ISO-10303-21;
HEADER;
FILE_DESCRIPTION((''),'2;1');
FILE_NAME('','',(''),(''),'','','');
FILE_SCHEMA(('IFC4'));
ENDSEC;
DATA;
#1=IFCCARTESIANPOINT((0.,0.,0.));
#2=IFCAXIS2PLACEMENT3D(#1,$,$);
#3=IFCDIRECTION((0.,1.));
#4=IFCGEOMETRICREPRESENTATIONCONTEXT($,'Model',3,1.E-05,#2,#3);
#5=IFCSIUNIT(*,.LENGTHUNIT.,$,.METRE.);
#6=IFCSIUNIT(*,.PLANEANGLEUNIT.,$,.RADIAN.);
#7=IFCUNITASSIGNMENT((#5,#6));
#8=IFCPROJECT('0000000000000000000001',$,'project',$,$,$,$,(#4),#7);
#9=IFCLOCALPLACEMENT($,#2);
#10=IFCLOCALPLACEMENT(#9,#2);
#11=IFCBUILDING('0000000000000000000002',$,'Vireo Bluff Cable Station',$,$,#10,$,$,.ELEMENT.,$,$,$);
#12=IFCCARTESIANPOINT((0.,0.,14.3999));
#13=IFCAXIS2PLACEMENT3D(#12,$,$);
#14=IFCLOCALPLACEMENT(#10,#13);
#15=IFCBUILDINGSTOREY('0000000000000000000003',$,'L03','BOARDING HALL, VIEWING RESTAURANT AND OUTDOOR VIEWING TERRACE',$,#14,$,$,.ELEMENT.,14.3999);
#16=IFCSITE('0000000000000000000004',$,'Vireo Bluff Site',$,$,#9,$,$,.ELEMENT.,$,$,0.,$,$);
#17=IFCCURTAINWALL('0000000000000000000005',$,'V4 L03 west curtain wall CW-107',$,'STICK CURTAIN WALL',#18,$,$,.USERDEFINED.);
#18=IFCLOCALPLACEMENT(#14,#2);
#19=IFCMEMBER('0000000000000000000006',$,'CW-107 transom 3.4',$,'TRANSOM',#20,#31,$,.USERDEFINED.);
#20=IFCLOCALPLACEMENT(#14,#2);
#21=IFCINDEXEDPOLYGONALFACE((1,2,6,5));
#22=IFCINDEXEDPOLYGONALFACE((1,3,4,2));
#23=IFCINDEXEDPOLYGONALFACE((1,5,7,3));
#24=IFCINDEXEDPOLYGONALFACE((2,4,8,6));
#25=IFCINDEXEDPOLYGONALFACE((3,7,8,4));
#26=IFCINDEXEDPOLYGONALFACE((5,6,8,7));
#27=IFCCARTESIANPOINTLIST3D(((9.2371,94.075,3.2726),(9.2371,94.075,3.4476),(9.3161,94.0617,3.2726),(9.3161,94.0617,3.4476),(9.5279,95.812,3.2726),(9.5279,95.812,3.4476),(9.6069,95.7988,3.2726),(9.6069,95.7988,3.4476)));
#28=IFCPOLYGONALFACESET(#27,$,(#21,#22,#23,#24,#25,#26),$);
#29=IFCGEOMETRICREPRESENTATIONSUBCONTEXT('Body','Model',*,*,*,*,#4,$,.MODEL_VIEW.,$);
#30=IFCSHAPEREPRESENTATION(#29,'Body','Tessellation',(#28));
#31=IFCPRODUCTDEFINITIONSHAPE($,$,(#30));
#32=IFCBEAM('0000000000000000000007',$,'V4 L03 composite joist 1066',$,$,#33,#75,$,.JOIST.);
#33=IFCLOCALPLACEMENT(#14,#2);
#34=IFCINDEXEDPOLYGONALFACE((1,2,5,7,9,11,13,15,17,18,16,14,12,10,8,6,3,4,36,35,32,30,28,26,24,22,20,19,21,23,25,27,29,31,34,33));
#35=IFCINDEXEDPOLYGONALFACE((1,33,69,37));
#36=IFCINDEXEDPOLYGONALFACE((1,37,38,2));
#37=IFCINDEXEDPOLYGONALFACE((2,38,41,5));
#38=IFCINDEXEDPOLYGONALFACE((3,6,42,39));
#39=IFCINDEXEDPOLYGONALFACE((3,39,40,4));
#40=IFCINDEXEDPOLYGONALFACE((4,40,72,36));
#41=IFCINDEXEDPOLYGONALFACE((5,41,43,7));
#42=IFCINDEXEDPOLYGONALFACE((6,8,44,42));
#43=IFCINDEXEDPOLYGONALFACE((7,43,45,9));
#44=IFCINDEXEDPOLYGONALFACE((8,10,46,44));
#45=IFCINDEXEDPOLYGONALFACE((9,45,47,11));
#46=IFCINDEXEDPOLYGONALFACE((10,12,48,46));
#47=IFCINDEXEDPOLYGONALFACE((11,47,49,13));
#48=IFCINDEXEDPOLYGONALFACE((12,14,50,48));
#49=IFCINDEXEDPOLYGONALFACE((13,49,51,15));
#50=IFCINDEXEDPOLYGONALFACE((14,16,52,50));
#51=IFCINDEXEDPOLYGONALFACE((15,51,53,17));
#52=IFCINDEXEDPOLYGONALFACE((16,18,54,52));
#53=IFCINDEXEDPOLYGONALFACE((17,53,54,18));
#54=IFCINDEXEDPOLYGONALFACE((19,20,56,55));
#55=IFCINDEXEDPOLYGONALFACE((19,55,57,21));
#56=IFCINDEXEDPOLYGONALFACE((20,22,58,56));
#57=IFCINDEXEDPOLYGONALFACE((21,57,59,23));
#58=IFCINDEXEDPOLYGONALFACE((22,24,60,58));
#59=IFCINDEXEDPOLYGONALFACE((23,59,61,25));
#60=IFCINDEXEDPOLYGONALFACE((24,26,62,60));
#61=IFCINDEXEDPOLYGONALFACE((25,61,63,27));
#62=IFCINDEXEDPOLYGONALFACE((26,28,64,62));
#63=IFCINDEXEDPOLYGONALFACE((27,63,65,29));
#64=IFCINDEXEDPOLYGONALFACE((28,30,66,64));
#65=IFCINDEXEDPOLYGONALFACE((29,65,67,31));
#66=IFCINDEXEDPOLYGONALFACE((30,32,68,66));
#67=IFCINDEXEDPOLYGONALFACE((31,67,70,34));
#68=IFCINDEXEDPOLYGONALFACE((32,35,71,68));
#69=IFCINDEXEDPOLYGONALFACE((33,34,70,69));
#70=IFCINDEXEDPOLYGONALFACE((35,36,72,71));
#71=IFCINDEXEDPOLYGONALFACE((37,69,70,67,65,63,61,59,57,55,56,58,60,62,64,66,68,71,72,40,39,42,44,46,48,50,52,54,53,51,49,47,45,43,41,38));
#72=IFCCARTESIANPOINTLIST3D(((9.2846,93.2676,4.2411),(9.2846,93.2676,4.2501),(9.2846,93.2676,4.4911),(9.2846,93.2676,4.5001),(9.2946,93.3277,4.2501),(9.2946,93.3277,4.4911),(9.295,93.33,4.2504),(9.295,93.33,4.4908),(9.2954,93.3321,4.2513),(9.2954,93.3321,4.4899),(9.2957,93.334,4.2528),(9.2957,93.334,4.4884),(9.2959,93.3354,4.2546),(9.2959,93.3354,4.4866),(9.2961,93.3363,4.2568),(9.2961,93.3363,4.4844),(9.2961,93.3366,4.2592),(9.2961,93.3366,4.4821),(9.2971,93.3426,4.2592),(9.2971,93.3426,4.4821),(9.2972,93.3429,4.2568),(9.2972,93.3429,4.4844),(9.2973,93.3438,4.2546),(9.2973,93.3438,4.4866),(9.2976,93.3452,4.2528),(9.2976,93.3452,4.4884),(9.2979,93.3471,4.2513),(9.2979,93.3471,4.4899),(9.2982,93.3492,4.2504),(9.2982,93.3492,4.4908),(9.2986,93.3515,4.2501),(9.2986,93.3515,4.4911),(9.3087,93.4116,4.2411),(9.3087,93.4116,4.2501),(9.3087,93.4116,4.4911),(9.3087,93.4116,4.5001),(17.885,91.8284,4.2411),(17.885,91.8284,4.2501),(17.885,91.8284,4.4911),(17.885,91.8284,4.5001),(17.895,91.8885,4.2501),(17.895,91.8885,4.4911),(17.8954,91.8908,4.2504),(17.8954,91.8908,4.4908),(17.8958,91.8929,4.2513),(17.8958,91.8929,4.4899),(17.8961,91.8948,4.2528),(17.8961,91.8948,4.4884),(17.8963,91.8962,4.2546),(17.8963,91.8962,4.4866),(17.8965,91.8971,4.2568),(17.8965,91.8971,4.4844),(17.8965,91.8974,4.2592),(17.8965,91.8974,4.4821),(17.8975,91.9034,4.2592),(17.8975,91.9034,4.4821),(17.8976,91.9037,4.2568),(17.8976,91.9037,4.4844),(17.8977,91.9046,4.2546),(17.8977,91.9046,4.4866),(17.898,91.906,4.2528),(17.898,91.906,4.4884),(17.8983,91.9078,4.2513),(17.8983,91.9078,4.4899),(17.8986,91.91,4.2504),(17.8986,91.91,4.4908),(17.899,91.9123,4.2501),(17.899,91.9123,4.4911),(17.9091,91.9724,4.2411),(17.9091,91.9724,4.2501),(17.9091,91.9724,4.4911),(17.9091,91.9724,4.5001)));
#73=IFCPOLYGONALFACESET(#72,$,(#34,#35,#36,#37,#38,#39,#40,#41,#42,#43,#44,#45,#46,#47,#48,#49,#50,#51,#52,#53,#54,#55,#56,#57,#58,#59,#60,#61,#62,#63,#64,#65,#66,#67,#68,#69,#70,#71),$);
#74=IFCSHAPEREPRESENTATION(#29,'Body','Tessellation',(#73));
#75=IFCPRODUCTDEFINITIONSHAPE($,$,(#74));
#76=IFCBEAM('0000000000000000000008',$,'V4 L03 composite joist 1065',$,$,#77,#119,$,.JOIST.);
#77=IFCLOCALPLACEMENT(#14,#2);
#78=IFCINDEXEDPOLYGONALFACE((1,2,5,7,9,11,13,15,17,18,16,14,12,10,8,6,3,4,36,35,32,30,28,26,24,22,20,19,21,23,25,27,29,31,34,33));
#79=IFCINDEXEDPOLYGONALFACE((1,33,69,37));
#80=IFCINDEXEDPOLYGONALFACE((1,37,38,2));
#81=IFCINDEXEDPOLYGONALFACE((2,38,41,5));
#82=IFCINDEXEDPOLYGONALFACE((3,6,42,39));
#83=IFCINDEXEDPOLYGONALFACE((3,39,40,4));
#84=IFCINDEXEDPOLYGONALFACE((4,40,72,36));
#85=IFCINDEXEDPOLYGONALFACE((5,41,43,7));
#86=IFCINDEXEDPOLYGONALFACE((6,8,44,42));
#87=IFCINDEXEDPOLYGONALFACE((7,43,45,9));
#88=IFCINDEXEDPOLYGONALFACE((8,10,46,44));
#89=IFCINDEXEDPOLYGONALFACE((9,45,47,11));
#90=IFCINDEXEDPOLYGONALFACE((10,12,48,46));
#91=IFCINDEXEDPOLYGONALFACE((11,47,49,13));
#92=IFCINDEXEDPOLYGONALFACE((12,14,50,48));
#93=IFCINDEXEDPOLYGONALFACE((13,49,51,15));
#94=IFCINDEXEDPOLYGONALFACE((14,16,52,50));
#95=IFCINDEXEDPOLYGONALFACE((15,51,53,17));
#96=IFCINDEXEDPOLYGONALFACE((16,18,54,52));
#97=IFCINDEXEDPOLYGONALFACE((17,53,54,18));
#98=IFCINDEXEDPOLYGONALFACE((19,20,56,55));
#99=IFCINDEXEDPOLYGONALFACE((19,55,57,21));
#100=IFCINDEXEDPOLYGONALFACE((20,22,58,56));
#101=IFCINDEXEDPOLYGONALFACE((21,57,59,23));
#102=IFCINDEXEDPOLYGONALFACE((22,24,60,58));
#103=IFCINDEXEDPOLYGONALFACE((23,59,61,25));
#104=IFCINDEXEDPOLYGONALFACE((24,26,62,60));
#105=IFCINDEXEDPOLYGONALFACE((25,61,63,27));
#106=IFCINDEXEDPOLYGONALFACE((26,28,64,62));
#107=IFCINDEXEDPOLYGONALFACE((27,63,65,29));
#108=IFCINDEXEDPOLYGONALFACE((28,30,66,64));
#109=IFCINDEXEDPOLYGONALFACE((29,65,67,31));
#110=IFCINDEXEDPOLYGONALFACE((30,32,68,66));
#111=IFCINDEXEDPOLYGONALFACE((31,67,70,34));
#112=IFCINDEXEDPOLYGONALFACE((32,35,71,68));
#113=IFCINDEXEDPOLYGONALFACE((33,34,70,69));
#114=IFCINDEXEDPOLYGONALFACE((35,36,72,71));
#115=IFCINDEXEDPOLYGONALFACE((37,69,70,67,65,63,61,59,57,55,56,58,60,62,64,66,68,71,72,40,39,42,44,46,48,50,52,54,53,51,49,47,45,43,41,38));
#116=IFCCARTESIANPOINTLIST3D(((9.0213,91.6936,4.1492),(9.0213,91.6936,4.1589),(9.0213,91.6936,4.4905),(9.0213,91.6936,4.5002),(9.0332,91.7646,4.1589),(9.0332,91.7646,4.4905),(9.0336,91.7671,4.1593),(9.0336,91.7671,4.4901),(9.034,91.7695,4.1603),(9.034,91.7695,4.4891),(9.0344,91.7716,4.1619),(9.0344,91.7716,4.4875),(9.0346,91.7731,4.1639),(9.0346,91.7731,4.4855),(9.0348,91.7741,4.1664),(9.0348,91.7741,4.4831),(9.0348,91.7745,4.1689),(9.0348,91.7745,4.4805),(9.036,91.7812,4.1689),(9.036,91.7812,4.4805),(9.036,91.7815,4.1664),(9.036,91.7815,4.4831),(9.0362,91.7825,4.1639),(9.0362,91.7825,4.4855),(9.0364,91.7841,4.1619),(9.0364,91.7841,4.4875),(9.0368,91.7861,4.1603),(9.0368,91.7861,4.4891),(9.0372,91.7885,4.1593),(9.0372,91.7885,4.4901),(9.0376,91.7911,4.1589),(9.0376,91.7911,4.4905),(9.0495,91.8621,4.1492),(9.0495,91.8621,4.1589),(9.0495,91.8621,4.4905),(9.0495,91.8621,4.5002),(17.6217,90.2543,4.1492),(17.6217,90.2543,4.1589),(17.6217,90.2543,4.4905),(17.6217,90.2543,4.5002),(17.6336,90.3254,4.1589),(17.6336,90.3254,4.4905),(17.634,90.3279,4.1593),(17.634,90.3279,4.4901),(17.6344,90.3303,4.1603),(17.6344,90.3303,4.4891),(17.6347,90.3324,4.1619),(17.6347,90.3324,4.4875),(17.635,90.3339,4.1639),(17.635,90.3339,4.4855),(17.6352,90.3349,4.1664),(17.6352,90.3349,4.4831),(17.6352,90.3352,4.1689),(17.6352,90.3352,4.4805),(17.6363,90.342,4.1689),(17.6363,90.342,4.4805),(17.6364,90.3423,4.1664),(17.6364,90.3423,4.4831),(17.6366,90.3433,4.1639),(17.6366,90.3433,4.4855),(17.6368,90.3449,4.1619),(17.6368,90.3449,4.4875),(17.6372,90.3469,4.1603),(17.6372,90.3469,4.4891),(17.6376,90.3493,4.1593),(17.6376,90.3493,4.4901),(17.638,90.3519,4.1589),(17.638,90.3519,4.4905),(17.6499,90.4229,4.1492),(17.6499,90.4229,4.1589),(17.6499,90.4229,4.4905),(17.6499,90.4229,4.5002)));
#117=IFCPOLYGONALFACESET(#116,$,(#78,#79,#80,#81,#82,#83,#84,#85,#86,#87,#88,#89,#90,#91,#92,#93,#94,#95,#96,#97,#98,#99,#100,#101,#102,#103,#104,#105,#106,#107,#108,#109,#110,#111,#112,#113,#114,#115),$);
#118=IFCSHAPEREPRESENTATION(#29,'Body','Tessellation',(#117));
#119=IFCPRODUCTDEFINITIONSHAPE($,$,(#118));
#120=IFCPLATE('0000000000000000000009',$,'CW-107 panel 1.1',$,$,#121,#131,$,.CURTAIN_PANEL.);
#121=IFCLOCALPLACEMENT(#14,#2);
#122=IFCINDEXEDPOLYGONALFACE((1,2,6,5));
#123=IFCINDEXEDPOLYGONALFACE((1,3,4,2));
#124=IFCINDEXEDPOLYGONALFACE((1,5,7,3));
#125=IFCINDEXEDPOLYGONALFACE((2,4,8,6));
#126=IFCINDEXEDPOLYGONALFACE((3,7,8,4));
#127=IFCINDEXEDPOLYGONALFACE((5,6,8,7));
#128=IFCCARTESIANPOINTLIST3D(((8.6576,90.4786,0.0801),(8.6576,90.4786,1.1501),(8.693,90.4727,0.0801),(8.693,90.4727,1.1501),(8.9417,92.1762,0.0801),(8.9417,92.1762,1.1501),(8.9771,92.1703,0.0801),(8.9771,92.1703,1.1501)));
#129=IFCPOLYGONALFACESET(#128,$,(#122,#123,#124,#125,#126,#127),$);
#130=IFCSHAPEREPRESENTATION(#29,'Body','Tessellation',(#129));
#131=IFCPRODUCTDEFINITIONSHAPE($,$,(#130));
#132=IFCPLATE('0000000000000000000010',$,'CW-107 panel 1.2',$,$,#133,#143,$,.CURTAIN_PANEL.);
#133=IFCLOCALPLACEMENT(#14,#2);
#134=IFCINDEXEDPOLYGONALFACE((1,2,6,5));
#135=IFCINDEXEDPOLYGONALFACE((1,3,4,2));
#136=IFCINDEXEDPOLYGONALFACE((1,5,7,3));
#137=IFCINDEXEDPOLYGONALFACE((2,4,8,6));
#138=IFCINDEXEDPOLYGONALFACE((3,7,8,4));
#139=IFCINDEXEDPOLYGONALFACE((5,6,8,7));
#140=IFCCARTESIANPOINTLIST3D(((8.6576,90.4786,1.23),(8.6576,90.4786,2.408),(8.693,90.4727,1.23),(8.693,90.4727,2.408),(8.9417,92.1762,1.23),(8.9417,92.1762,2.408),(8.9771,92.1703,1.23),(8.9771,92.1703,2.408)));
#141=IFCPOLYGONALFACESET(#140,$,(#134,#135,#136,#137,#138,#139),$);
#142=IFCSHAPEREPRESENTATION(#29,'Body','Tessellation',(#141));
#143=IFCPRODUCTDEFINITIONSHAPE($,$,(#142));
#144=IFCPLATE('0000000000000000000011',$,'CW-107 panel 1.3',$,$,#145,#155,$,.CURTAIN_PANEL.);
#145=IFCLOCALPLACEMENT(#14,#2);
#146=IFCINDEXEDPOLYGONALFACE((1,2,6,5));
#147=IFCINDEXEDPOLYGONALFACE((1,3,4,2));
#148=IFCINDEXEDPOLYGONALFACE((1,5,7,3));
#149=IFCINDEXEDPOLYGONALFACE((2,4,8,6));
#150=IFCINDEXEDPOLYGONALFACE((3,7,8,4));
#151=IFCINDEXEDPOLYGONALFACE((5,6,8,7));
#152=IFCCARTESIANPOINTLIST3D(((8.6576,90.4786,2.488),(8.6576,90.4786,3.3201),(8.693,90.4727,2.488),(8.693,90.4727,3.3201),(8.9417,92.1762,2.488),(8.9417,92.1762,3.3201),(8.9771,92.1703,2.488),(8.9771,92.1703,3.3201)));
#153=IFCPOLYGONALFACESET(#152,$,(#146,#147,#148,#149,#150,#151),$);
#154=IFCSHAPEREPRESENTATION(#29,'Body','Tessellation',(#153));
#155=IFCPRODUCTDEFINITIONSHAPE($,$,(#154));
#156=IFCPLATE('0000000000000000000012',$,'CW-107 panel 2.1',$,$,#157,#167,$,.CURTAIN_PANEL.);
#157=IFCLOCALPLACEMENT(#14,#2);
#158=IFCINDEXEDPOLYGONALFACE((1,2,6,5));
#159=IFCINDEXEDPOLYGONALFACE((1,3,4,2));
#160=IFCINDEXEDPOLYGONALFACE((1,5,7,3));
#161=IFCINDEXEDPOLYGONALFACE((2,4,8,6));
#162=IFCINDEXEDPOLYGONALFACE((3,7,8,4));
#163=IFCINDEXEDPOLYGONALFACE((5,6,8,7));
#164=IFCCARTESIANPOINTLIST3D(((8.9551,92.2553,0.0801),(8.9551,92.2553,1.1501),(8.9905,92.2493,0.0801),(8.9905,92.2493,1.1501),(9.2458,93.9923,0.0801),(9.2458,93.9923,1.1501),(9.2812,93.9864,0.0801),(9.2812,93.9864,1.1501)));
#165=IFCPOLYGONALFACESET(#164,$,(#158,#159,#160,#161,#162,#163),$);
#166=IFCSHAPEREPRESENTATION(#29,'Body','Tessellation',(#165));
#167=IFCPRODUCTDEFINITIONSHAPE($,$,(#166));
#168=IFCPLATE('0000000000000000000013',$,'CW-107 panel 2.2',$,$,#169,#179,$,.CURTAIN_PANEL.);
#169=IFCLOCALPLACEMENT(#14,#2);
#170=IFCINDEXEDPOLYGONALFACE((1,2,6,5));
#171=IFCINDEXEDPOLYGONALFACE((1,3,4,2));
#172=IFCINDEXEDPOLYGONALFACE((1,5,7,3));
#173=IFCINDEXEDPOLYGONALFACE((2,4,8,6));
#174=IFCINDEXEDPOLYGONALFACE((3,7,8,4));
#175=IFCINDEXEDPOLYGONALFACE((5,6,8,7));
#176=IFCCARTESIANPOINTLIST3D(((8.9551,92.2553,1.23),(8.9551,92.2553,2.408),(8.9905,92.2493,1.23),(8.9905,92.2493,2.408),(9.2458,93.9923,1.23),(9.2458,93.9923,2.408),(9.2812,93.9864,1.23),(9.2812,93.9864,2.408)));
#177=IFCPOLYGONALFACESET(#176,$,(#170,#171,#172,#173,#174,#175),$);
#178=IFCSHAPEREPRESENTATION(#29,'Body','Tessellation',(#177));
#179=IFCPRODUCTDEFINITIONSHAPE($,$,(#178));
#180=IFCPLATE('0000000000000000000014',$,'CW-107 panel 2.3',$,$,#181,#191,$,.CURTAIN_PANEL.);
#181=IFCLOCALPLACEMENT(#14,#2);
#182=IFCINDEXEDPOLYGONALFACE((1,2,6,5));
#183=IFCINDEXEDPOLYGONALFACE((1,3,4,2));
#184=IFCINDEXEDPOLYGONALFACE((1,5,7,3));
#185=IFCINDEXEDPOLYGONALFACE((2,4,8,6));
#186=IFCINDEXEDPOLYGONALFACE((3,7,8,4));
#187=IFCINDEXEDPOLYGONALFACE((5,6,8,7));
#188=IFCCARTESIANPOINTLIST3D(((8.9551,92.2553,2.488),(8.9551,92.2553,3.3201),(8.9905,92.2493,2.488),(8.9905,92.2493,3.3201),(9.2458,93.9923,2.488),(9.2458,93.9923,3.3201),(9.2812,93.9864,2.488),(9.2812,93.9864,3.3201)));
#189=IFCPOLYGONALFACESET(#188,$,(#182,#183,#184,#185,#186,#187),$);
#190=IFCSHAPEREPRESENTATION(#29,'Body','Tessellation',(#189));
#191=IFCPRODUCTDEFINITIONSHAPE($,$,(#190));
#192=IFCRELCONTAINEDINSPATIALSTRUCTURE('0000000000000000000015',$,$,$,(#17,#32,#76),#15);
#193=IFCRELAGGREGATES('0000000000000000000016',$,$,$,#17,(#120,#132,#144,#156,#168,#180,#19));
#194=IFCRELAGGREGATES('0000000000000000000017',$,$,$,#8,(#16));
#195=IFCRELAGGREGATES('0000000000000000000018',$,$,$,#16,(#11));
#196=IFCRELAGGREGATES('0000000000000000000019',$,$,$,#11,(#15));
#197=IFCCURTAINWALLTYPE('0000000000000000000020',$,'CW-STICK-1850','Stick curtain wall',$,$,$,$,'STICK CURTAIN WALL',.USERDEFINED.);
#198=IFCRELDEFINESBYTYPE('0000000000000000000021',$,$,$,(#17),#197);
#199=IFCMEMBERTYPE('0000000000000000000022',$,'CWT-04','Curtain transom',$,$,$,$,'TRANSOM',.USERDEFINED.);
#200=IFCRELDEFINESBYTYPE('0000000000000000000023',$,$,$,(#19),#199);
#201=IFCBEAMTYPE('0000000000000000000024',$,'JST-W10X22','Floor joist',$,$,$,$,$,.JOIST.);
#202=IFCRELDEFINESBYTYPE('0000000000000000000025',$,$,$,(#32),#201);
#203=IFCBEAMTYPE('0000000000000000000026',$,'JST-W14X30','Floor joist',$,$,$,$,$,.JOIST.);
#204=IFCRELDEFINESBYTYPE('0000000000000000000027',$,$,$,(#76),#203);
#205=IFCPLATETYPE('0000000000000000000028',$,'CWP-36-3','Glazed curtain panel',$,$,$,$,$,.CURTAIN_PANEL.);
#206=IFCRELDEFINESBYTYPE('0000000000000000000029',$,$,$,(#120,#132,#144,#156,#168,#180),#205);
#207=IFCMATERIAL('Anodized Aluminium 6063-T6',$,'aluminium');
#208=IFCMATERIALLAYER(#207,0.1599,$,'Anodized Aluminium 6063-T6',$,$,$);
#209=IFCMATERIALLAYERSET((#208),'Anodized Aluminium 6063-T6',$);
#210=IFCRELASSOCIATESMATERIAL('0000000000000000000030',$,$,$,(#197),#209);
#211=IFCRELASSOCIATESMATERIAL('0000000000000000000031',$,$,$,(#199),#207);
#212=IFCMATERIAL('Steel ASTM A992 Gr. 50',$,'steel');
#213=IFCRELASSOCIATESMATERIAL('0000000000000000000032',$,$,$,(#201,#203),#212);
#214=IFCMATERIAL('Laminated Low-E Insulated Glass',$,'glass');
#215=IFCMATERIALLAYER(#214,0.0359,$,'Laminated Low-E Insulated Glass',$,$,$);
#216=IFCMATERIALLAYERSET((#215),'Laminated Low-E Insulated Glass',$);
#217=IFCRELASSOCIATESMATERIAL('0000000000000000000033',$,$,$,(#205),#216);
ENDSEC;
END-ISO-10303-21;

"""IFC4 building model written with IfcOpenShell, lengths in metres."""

from ifc_helpers import new_model, si_unit, direction, frame, origin, origin_2d, place, context, subcontext, project, spatial, rectangle, i_section, extrude, material, layer, layer_set, material_profile, profile_set, type_object, element, aggregate, save


model = new_model("IFC4")

# Units and contexts
model_context = context("Model", 3, precision=1e-05, world=origin(), true_north=direction((0.0, 1.0)))
body_context = subcontext(model_context, "Body", "Model", "MODEL_VIEW")
ifc_project = project(units=[si_unit("LENGTHUNIT", "METRE"), si_unit("PLANEANGLEUNIT", "RADIAN")], contexts=[model_context])

# Site, building, storey
site_placement = place(None, origin())
site = spatial("IfcSite", under=ifc_project, at=site_placement, Name="Vireo Bluff Site", CompositionType="ELEMENT", RefElevation=0.0)
building_placement = place(site_placement, origin())
building = spatial("IfcBuilding", under=site, at=building_placement, Name="Vireo Bluff Cable Station", CompositionType="ELEMENT")
storey_placement = place(building_placement, frame((0.0, 0.0, 14.3999)))
storey = spatial("IfcBuildingStorey", under=building, at=storey_placement, Name="L03", Description="BOARDING HALL, VIEWING RESTAURANT AND OUTDOOR VIEWING TERRACE", CompositionType="ELEMENT", Elevation=14.3999)

# Curtain wall, member
ifc_material_1 = material(Name="Anodized Aluminium 6063-T6", Category="aluminium")
ifc_layer_1 = layer(ifc_material_1, 0.1599, Name="Anodized Aluminium 6063-T6")
ifc_layer_set_1 = layer_set([ifc_layer_1], Name="Anodized Aluminium 6063-T6")
curtain_wall_type = type_object("IfcCurtainWallType", Name="CW-STICK-1850", Description="Stick curtain wall", ElementType="STICK CURTAIN WALL", PredefinedType="USERDEFINED", material=ifc_layer_set_1)
curtain_wall_placement = place(storey_placement, origin())
curtain_wall = element("IfcCurtainWall", 1, at=curtain_wall_placement, inside=storey, type_object=curtain_wall_type, Name="V4 L03 west curtain wall CW-107", ObjectType="STICK CURTAIN WALL", PredefinedType="USERDEFINED")
ifc_material_profile_1 = material_profile(ifc_material_1, rectangle(XDim=0.0801, YDim=0.175, at=origin_2d()), Name="ALU-T-80X175")
ifc_profile_set_1 = profile_set([ifc_material_profile_1], Name="Anodized Aluminium 6063-T6")
member_type_1 = type_object("IfcMemberType", Name="CWT-04", Description="Curtain transom", ElementType="TRANSOM", PredefinedType="USERDEFINED", material=ifc_profile_set_1)
member_1_placement = place(storey_placement, frame((9.2766, 94.0684, 3.3601), z_axis=(0.165096, 0.986278, 0.0), x_axis=(-0.986278, 0.165096, 0.0)))
member_1 = element("IfcMember", 2, at=member_1_placement, type_object=member_type_1, Name="CW-107 transom 3.4", ObjectType="TRANSOM", PredefinedType="USERDEFINED", context=body_context, shape_type="SweptSolid", body=[
    extrude(rectangle(XDim=0.0801, YDim=0.175, at=origin_2d()), origin(), (0.0, 0.0, 1.0), 1.7612),
])

# Beams
ifc_material_2 = material(Name="Steel ASTM A992 Gr. 50", Category="steel")
ifc_material_profile_2 = material_profile(ifc_material_2, i_section(OverallWidth=0.146, OverallDepth=0.259, WebThickness=0.0061, FlangeThickness=0.009, FilletRadius=0.009, at=origin_2d()), Name="W10X22")
ifc_profile_set_2 = profile_set([ifc_material_profile_2], Name="Steel ASTM A992 Gr. 50")
beam_type_1 = type_object("IfcBeamType", Name="JST-W10X22", Description="Floor joist", PredefinedType="JOIST", material=ifc_profile_set_2)
beam_1_placement = place(storey_placement, frame((9.2966, 93.3396, 4.3706), z_axis=(0.986286, -0.165048, 0.0), x_axis=(0.165048, 0.986286, 0.0)))
element("IfcBeam", 3, at=beam_1_placement, inside=storey, type_object=beam_type_1, Name="V4 L03 composite joist 1066", PredefinedType="JOIST", context=body_context, shape_type="SweptSolid", body=[
    extrude(i_section(OverallWidth=0.146, OverallDepth=0.259, WebThickness=0.0061, FlangeThickness=0.009, FilletRadius=0.009, at=origin_2d()), origin(), (0.0, 0.0, 1.0), 8.72),
])
ifc_material_profile_3 = material_profile(ifc_material_2, i_section(OverallWidth=0.1709, OverallDepth=0.3511, WebThickness=0.0068, FlangeThickness=0.0098, FilletRadius=0.01, at=origin_2d()), Name="W14X30")
ifc_profile_set_3 = profile_set([ifc_material_profile_3], Name="Steel ASTM A992 Gr. 50")
beam_type_2 = type_object("IfcBeamType", Name="JST-W14X30", Description="Floor joist", PredefinedType="JOIST", material=ifc_profile_set_3)
beam_2_placement = place(storey_placement, frame((9.0354, 91.7778, 4.3247), z_axis=(0.986286, -0.165048, 0.0), x_axis=(0.165048, 0.986286, 0.0)))
element("IfcBeam", 4, at=beam_2_placement, inside=storey, type_object=beam_type_2, Name="V4 L03 composite joist 1065", PredefinedType="JOIST", context=body_context, shape_type="SweptSolid", body=[
    extrude(i_section(OverallWidth=0.1709, OverallDepth=0.3511, WebThickness=0.0068, FlangeThickness=0.0098, FilletRadius=0.01, at=origin_2d()), origin(), (0.0, 0.0, 1.0), 8.72),
])

# Plates
ifc_material_3 = material(Name="Laminated Low-E Insulated Glass", Category="glass")
ifc_layer_2 = layer(ifc_material_3, 0.0359, Name="Laminated Low-E Insulated Glass")
ifc_layer_set_2 = layer_set([ifc_layer_2], Name="Laminated Low-E Insulated Glass")
plate_type = type_object("IfcPlateType", Name="CWP-36-3", Description="Glazed curtain panel", PredefinedType="CURTAIN_PANEL", material=ifc_layer_set_2)
plate_1_placement = place(storey_placement, frame((8.8174, 91.3245, 0.0801), z_axis=(0.0, 0.0, 1.0), x_axis=(0.165048, 0.986286, 0.0)))
plate_1 = element("IfcPlate", 5, at=plate_1_placement, type_object=plate_type, Name="CW-107 panel 1.1", PredefinedType="CURTAIN_PANEL", context=body_context, shape_type="SweptSolid", body=[
    extrude(rectangle(XDim=1.7212, YDim=0.0359, at=origin_2d()), origin(), (0.0, 0.0, 1.0), 1.0701),
])
plate_2_placement = place(storey_placement, frame((8.8174, 91.3245, 1.23), z_axis=(0.0, 0.0, 1.0), x_axis=(0.165048, 0.986286, 0.0)))
plate_2 = element("IfcPlate", 6, at=plate_2_placement, type_object=plate_type, Name="CW-107 panel 1.2", PredefinedType="CURTAIN_PANEL", context=body_context, shape_type="SweptSolid", body=[
    extrude(rectangle(XDim=1.7212, YDim=0.0359, at=origin_2d()), origin(), (0.0, 0.0, 1.0), 1.178),
])
plate_3_placement = place(storey_placement, frame((8.8174, 91.3245, 2.488), z_axis=(0.0, 0.0, 1.0), x_axis=(0.165048, 0.986286, 0.0)))
plate_3 = element("IfcPlate", 7, at=plate_3_placement, type_object=plate_type, Name="CW-107 panel 1.3", PredefinedType="CURTAIN_PANEL", context=body_context, shape_type="SweptSolid", body=[
    extrude(rectangle(XDim=1.7212, YDim=0.0359, at=origin_2d()), origin(), (0.0, 0.0, 1.0), 0.832),
])
plate_4_placement = place(storey_placement, frame((9.1182, 93.1208, 0.0801), z_axis=(0.0, 0.0, 1.0), x_axis=(0.165048, 0.986286, 0.0)))
plate_4 = element("IfcPlate", 8, at=plate_4_placement, type_object=plate_type, Name="CW-107 panel 2.1", PredefinedType="CURTAIN_PANEL", context=body_context, shape_type="SweptSolid", body=[
    extrude(rectangle(XDim=1.7612, YDim=0.0359, at=origin_2d()), origin(), (0.0, 0.0, 1.0), 1.0701),
])
plate_5_placement = place(storey_placement, frame((9.1182, 93.1208, 1.23), z_axis=(0.0, 0.0, 1.0), x_axis=(0.165048, 0.986286, 0.0)))
plate_5 = element("IfcPlate", 9, at=plate_5_placement, type_object=plate_type, Name="CW-107 panel 2.2", PredefinedType="CURTAIN_PANEL", context=body_context, shape_type="SweptSolid", body=[
    extrude(rectangle(XDim=1.7612, YDim=0.0359, at=origin_2d()), origin(), (0.0, 0.0, 1.0), 1.178),
])
plate_6_placement = place(storey_placement, frame((9.1182, 93.1208, 2.488), z_axis=(0.0, 0.0, 1.0), x_axis=(0.165048, 0.986286, 0.0)))
plate_6 = element("IfcPlate", 10, at=plate_6_placement, type_object=plate_type, Name="CW-107 panel 2.3", PredefinedType="CURTAIN_PANEL", context=body_context, shape_type="SweptSolid", body=[
    extrude(rectangle(XDim=1.7612, YDim=0.0359, at=origin_2d()), origin(), (0.0, 0.0, 1.0), 0.832),
])
aggregate(curtain_wall, [plate_1, plate_2, plate_3, plate_4, plate_5, plate_6, member_1])

save(model, "model.ifc")
